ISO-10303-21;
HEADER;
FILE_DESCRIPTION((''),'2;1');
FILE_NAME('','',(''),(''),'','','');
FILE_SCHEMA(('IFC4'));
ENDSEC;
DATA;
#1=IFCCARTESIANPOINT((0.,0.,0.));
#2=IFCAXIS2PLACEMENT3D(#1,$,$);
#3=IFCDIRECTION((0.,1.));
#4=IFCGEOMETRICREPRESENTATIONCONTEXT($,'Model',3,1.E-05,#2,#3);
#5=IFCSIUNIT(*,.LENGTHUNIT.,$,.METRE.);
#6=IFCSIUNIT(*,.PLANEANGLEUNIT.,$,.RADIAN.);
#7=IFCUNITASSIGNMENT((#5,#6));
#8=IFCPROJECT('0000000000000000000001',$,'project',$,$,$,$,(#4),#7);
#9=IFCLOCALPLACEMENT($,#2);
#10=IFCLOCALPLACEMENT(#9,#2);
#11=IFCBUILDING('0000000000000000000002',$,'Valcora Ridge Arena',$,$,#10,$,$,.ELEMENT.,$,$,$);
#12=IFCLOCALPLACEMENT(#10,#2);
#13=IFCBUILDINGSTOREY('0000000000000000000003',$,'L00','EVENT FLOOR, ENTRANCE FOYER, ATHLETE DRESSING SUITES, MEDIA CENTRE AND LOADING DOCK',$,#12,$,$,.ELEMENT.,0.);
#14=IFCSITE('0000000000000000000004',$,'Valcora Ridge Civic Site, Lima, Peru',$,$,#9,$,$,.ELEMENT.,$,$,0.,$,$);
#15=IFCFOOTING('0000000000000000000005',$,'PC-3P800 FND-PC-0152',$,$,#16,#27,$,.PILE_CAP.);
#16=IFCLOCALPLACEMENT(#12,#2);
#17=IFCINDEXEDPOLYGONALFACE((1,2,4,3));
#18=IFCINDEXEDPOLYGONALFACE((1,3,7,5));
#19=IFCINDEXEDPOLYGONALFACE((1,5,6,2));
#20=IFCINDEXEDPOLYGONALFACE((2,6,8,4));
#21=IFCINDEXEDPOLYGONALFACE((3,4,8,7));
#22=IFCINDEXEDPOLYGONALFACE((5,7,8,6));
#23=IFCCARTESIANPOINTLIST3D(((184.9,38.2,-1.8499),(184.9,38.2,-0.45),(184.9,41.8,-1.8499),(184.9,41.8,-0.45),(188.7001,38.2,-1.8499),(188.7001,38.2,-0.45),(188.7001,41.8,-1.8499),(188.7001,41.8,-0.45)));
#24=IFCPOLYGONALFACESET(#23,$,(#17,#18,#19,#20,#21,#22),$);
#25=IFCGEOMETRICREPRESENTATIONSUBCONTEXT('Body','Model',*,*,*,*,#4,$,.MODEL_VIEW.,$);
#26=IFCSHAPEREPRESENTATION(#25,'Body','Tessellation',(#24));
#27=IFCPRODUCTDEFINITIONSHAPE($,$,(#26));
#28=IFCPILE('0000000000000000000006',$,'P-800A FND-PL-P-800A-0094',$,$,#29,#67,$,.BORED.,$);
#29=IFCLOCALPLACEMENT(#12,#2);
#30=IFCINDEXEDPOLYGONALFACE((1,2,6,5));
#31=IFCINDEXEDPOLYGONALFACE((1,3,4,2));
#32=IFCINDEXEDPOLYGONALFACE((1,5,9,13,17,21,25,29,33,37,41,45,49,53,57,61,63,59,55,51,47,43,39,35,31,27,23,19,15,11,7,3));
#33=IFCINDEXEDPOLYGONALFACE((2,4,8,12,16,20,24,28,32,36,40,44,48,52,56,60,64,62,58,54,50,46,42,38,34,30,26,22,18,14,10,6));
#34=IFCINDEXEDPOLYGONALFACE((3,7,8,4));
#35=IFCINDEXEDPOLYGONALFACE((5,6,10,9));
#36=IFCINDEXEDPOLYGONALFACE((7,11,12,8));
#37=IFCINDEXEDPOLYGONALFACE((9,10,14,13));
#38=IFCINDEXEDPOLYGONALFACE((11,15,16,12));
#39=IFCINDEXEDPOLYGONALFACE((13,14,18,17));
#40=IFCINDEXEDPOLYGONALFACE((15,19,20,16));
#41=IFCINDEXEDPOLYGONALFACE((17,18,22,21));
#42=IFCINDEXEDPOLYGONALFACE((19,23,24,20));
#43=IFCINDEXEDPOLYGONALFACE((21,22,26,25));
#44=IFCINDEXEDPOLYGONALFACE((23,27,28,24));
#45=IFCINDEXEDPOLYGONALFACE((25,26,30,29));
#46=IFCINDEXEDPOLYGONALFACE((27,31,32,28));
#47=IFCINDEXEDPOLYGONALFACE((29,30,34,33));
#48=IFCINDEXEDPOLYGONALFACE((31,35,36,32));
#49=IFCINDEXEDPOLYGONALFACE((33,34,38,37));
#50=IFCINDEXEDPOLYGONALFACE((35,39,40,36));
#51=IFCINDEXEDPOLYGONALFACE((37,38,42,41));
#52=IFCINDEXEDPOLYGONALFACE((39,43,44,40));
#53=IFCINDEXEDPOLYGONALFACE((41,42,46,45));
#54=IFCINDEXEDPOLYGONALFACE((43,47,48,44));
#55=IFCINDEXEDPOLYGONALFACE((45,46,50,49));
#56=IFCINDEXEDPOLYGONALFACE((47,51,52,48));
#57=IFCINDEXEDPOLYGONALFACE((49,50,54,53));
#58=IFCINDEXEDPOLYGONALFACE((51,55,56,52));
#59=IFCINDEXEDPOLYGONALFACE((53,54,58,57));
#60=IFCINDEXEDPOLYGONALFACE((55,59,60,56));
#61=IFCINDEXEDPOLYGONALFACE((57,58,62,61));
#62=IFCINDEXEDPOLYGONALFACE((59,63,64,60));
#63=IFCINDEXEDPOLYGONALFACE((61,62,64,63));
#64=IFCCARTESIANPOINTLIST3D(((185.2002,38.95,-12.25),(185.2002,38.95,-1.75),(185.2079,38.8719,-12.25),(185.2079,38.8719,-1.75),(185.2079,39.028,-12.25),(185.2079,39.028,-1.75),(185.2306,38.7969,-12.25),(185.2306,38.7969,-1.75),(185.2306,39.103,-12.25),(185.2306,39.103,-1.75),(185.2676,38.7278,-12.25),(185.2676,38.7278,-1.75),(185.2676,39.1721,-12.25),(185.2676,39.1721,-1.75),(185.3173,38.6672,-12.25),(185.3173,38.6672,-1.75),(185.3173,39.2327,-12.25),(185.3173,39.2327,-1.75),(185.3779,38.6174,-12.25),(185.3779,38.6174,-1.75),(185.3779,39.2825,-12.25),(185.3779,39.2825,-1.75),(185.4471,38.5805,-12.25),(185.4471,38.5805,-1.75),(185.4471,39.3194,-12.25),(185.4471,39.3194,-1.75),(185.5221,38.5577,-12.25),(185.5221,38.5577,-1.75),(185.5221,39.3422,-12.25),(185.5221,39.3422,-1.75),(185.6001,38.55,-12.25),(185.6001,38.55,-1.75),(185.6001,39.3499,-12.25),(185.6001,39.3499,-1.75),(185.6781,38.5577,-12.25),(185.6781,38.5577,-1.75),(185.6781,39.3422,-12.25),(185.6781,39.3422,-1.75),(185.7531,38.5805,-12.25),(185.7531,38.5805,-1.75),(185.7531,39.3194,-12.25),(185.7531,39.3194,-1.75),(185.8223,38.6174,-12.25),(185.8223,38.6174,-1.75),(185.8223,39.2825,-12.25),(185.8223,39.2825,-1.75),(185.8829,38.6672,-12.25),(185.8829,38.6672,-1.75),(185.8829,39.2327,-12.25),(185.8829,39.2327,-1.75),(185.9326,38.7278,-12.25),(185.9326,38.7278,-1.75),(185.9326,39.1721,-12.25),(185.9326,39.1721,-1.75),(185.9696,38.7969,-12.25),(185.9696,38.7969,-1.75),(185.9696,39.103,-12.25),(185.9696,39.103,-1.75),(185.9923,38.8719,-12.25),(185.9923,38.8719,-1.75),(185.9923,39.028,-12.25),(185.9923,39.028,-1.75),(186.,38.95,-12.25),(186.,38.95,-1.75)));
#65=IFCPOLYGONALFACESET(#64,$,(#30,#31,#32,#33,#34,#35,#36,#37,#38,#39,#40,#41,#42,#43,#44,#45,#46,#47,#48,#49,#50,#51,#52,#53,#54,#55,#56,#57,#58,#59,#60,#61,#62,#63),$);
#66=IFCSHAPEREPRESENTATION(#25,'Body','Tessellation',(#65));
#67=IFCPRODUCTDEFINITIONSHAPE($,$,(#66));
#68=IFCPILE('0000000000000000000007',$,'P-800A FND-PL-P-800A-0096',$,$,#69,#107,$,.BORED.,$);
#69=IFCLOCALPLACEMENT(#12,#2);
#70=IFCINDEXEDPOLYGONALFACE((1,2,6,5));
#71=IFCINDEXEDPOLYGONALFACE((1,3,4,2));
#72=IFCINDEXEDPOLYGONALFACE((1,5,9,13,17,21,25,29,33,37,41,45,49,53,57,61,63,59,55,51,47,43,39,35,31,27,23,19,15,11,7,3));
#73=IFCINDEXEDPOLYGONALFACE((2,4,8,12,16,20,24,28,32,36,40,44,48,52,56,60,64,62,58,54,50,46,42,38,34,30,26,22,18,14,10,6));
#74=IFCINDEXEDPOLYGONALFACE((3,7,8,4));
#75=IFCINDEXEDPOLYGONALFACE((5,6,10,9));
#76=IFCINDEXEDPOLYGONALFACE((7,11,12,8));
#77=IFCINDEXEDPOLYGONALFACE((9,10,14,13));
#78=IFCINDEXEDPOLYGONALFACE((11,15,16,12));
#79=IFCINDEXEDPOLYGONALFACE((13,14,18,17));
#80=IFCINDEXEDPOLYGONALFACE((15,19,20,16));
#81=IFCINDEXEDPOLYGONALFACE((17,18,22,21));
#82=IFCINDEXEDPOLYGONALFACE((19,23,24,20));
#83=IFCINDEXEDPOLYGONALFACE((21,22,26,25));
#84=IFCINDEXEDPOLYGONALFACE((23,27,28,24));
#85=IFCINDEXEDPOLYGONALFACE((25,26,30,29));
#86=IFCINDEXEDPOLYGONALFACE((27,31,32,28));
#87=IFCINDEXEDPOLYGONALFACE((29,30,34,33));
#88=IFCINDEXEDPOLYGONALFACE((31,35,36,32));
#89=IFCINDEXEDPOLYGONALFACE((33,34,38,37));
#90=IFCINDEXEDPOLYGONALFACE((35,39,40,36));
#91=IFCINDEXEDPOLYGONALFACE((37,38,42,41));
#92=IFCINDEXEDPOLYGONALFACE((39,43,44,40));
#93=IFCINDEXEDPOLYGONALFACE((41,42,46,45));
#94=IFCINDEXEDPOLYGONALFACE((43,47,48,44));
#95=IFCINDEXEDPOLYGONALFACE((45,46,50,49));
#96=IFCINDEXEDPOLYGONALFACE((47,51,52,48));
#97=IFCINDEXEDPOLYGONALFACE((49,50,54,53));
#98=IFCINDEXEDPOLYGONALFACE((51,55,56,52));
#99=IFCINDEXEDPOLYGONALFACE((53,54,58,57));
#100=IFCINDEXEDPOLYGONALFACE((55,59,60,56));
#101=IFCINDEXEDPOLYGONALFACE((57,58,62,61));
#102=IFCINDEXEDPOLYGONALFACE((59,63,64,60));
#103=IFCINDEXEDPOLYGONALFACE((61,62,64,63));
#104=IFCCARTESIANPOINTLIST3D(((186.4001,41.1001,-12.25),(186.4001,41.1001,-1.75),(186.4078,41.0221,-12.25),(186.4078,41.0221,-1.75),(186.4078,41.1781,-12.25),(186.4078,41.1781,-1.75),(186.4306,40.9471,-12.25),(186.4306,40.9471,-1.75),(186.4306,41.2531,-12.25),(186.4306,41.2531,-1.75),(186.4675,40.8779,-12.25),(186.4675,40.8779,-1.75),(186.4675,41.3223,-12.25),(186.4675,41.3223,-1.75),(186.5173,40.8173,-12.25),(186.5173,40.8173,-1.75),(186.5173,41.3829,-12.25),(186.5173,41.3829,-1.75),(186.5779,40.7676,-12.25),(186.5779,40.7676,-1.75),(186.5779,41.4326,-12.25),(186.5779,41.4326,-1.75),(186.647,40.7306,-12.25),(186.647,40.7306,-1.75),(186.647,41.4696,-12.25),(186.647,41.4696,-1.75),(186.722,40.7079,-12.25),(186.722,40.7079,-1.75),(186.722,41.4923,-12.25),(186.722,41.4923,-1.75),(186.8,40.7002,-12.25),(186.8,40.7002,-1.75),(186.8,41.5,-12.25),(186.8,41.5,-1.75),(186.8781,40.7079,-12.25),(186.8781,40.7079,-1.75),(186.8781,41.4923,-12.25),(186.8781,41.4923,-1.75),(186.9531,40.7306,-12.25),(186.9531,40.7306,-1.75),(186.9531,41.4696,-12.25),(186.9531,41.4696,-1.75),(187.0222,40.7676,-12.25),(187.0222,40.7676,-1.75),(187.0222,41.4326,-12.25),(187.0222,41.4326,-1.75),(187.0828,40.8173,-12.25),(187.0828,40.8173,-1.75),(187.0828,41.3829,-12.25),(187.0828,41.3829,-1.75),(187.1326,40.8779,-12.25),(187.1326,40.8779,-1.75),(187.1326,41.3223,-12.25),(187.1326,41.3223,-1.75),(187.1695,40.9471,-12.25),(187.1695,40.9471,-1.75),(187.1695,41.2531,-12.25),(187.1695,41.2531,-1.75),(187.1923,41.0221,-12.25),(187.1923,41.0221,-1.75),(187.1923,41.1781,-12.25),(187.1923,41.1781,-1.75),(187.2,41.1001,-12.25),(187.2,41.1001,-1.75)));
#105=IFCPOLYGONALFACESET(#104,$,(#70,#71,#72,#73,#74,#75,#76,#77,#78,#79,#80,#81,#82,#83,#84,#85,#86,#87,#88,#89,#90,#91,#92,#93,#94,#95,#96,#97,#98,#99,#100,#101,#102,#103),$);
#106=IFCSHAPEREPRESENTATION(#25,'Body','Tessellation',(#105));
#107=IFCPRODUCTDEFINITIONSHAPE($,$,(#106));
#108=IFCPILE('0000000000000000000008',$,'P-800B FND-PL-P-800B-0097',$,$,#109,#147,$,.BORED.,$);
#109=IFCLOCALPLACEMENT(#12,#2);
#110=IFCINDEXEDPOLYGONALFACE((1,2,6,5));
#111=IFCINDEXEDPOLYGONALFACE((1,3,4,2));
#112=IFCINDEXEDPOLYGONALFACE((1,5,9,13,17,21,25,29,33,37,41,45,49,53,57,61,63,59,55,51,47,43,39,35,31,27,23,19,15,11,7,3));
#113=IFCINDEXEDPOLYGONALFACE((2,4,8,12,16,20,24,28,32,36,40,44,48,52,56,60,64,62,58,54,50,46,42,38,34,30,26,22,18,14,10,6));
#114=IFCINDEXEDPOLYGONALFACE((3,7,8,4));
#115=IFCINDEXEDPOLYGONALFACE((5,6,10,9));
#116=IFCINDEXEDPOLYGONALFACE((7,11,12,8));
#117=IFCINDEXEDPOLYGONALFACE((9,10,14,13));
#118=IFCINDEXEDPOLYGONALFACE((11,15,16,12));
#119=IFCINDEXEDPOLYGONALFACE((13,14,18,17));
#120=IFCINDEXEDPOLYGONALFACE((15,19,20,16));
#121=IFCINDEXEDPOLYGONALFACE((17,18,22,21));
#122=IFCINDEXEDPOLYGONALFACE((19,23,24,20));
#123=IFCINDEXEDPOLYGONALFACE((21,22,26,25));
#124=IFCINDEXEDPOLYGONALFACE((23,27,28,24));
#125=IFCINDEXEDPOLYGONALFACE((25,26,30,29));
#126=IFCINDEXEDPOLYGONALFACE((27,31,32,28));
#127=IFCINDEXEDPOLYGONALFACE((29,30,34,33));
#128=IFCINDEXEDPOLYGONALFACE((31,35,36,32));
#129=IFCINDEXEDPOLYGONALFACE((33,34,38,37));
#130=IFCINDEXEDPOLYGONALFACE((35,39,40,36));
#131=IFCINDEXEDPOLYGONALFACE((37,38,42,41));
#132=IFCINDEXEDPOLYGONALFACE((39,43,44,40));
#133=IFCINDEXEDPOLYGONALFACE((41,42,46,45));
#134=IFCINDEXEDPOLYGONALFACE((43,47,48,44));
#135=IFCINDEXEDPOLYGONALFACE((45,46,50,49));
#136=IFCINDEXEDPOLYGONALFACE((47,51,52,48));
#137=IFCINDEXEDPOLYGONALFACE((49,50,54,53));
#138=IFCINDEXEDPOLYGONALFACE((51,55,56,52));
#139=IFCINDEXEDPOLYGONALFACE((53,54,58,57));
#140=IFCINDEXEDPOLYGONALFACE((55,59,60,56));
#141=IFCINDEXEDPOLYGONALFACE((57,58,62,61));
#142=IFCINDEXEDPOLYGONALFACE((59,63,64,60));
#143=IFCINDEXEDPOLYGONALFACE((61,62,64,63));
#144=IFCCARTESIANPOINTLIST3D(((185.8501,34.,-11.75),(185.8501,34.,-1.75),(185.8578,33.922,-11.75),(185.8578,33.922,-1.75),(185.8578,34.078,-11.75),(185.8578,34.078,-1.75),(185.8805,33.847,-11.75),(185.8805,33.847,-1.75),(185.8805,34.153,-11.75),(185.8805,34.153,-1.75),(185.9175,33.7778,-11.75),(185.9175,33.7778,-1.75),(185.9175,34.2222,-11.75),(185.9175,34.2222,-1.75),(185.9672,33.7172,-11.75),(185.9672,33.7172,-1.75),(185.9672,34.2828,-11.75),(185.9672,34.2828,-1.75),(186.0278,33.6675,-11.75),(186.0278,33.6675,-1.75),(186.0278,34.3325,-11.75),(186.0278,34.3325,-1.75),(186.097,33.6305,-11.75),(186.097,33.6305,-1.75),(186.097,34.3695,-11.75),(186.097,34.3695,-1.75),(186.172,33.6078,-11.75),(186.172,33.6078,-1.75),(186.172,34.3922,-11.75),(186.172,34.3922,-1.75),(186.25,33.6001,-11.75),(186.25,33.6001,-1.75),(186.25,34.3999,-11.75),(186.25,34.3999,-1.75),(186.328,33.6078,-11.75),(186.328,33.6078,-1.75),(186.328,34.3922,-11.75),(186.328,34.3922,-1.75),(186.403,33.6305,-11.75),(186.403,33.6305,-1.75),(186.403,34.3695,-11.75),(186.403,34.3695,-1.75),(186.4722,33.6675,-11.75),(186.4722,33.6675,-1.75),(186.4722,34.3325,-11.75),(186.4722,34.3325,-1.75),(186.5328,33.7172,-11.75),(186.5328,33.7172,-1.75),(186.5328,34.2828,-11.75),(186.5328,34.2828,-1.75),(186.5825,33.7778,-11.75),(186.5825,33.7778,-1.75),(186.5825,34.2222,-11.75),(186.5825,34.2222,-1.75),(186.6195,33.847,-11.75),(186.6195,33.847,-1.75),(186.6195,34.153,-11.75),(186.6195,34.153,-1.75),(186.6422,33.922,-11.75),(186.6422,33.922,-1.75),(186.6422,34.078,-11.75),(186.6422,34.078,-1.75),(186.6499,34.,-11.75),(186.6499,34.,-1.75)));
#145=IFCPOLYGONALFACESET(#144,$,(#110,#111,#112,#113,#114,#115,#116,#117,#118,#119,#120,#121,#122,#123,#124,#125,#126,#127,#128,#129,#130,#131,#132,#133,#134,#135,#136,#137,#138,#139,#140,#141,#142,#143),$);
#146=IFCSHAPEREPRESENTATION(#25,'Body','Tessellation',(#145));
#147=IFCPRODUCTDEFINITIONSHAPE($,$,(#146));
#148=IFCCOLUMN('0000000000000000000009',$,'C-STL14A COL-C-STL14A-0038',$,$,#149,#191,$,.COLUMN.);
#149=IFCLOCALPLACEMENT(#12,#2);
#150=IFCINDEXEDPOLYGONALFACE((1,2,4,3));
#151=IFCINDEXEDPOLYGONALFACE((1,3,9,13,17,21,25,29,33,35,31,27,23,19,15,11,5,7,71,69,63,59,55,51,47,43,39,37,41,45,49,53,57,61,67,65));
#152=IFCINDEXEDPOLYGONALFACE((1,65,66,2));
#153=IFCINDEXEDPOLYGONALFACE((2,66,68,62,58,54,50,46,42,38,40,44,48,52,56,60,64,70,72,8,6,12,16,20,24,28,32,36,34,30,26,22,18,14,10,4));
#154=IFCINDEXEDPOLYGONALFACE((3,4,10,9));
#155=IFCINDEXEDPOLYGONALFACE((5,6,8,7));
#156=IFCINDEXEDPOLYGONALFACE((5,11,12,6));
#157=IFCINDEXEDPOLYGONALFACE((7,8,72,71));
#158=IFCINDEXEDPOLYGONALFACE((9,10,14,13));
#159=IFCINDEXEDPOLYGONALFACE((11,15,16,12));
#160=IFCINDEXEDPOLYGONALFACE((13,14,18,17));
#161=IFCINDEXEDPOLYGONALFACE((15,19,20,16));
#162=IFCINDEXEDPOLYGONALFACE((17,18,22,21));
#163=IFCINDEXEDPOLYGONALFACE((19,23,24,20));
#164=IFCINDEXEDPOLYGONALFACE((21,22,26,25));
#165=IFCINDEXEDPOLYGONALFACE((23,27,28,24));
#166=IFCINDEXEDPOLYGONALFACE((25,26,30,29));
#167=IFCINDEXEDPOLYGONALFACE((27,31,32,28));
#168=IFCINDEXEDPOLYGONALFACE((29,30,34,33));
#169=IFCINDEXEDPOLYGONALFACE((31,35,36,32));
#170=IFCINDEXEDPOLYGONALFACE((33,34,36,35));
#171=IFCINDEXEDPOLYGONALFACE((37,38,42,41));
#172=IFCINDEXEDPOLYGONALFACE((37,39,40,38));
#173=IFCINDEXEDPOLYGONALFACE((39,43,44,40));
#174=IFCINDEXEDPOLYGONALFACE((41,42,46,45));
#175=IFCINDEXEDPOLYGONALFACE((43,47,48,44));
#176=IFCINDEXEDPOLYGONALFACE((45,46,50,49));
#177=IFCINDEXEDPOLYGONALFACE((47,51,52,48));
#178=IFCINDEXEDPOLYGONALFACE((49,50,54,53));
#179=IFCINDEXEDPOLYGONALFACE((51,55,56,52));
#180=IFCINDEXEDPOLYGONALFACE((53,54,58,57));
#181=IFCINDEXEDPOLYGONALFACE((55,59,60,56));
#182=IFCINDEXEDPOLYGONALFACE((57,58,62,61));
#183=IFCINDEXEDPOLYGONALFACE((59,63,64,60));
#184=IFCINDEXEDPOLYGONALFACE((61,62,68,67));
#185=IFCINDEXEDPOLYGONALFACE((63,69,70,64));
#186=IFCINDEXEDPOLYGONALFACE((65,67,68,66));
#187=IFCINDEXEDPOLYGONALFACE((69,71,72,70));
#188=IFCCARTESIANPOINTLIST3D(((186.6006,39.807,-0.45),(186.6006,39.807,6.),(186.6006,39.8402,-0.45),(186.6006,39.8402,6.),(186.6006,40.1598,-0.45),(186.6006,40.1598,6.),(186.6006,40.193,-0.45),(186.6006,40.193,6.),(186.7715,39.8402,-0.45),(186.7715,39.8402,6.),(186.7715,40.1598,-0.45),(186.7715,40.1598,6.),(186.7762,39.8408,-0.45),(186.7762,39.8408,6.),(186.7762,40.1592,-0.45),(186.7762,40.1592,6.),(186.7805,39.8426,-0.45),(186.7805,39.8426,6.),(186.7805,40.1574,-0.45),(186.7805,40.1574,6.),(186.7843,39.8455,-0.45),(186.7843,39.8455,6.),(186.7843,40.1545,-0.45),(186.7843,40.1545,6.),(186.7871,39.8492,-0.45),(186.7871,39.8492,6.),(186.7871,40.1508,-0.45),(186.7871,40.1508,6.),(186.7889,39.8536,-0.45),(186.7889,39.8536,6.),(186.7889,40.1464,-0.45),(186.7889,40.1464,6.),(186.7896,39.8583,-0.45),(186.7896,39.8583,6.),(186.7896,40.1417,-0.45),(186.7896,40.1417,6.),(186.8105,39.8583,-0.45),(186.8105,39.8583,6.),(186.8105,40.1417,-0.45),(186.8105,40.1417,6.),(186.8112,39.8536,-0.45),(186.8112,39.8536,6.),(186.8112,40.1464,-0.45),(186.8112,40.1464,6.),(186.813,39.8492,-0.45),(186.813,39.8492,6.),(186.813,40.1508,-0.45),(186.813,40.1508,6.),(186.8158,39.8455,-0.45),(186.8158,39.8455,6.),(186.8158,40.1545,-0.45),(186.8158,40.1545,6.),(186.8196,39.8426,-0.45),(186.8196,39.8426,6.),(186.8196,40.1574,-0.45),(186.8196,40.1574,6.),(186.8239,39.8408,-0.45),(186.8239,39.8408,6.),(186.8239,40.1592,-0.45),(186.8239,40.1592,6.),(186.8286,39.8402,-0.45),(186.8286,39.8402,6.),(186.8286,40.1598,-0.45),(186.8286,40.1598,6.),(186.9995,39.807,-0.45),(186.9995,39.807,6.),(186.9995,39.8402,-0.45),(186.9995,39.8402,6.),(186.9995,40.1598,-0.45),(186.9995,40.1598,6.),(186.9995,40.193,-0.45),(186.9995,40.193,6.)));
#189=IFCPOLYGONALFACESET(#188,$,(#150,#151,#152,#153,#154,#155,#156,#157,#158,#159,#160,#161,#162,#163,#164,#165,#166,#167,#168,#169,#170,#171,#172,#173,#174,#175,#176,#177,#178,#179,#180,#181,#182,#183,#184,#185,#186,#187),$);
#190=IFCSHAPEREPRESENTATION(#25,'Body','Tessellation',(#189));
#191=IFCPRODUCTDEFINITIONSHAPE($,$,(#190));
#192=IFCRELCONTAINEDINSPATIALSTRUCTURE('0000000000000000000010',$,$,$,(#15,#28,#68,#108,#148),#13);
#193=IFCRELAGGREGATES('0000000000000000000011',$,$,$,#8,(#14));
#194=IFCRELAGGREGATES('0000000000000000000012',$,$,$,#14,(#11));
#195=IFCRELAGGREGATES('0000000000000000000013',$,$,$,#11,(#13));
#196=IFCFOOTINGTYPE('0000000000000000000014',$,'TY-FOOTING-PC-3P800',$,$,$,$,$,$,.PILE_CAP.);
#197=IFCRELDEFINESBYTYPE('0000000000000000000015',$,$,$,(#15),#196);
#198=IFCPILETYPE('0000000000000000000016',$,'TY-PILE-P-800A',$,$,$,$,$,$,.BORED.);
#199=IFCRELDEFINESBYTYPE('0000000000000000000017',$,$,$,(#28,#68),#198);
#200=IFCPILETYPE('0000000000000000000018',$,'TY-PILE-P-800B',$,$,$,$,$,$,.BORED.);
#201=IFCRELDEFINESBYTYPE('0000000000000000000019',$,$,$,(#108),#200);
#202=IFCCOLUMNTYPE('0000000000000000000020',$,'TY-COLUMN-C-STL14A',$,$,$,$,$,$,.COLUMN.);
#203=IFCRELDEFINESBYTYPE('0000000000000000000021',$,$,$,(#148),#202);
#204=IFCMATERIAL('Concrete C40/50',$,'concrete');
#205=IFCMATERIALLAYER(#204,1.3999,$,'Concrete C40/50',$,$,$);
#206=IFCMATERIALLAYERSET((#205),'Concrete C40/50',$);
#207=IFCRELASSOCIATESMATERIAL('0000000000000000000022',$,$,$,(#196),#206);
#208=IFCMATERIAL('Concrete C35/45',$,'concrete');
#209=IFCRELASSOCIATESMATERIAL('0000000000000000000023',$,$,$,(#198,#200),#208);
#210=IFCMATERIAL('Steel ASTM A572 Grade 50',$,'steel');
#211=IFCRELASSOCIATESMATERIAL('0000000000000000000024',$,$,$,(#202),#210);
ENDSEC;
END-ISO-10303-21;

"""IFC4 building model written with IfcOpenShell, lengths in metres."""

from ifc_helpers import new_model, si_unit, direction, frame, origin, origin_2d, place, context, subcontext, project, spatial, rectangle, circle, i_section, extrude, material, layer, layer_set, material_profile, profile_set, type_object, element, save


model = new_model("IFC4")

# Units and contexts
model_context = context("Model", 3, precision=1e-05, world=origin(), true_north=direction((0.0, 1.0)))
body_context = subcontext(model_context, "Body", "Model", "MODEL_VIEW")
ifc_project = project(units=[si_unit("LENGTHUNIT", "METRE"), si_unit("PLANEANGLEUNIT", "RADIAN")], contexts=[model_context])

# Site, building, storey
site_placement = place(None, origin())
site = spatial("IfcSite", under=ifc_project, at=site_placement, Name="Valcora Ridge Civic Site, Lima, Peru", CompositionType="ELEMENT", RefElevation=0.0)
building_placement = place(site_placement, origin())
building = spatial("IfcBuilding", under=site, at=building_placement, Name="Valcora Ridge Arena", CompositionType="ELEMENT")
storey_placement = place(building_placement, origin())
storey = spatial("IfcBuildingStorey", under=building, at=storey_placement, Name="L00", Description="EVENT FLOOR, ENTRANCE FOYER, ATHLETE DRESSING SUITES, MEDIA CENTRE AND LOADING DOCK", CompositionType="ELEMENT", Elevation=0.0)

# Footing
ifc_material_1 = material(Name="Concrete C40/50", Category="concrete")
ifc_layer_1 = layer(ifc_material_1, 1.3999, Name="Concrete C40/50")
ifc_layer_set_1 = layer_set([ifc_layer_1], Name="Concrete C40/50")
footing_type = type_object("IfcFootingType", Name="TY-FOOTING-PC-3P800", PredefinedType="PILE_CAP", material=ifc_layer_set_1)
footing_placement = place(storey_placement, frame((186.8, 40.0, -1.8499), z_axis=(0.0, 0.0, 1.0), x_axis=(1.0, 0.0, 0.0)))
element("IfcFooting", 1, at=footing_placement, inside=storey, type_object=footing_type, Name="PC-3P800 FND-PC-0152", PredefinedType="PILE_CAP", context=body_context, shape_type="SweptSolid", body=[
    extrude(rectangle(XDim=3.8, YDim=3.6001, at=origin_2d()), origin(), (0.0, 0.0, 1.0), 1.3999),
])

# Piles
ifc_material_2 = material(Name="Concrete C35/45", Category="concrete")
ifc_material_profile_1 = material_profile(ifc_material_2, circle(Radius=0.3999, at=origin_2d()), Name="BORED PILE D800")
ifc_profile_set_1 = profile_set([ifc_material_profile_1], Name="Concrete C35/45")
pile_type_1 = type_object("IfcPileType", Name="TY-PILE-P-800A", PredefinedType="BORED", material=ifc_profile_set_1)
for number, where, z_axis, x_axis, name in (
    (2, (185.6001, 38.95, -1.75), (0.0, 0.0, -1.0), (1.0, 0.0, 0.0), "P-800A FND-PL-P-800A-0094"),
    (3, (186.8, 41.1001, -1.75), (0.0, 0.0, -1.0), (1.0, 0.0, 0.0), "P-800A FND-PL-P-800A-0096"),
):
    element("IfcPile", number, at=place(storey_placement, frame(where, z_axis=z_axis, x_axis=x_axis)), inside=storey, type_object=pile_type_1, Name=name, PredefinedType="BORED", context=body_context, shape_type="SweptSolid", body=[
        extrude(circle(Radius=0.3999, at=origin_2d()), origin(), (0.0, 0.0, 1.0), 10.5),
    ])
ifc_material_profile_2 = material_profile(ifc_material_2, circle(Radius=0.3999, at=origin_2d()), Name="BORED PILE D800")
ifc_profile_set_2 = profile_set([ifc_material_profile_2], Name="Concrete C35/45")
pile_type_2 = type_object("IfcPileType", Name="TY-PILE-P-800B", PredefinedType="BORED", material=ifc_profile_set_2)
pile_placement = place(storey_placement, frame((186.25, 34.0, -1.75), z_axis=(0.0, 0.0, -1.0), x_axis=(1.0, 0.0, 0.0)))
element("IfcPile", 4, at=pile_placement, inside=storey, type_object=pile_type_2, Name="P-800B FND-PL-P-800B-0097", PredefinedType="BORED", context=body_context, shape_type="SweptSolid", body=[
    extrude(circle(Radius=0.3999, at=origin_2d()), origin(), (0.0, 0.0, 1.0), 10.0),
])

# Column
ifc_material_3 = material(Name="Steel ASTM A572 Grade 50", Category="steel")
ifc_material_profile_3 = material_profile(ifc_material_3, i_section(OverallWidth=0.3989, OverallDepth=0.386, WebThickness=0.021, FlangeThickness=0.0332, FilletRadius=0.0181, at=origin_2d()), Name="W14X176")
ifc_profile_set_3 = profile_set([ifc_material_profile_3], Name="Steel ASTM A572 Grade 50")
column_type = type_object("IfcColumnType", Name="TY-COLUMN-C-STL14A", PredefinedType="COLUMN", material=ifc_profile_set_3)
column_placement = place(storey_placement, frame((186.8, 40.0, -0.45), z_axis=(0.0, 0.0, 1.0), x_axis=(1.0, 0.0, 0.0)))
element("IfcColumn", 5, at=column_placement, inside=storey, type_object=column_type, Name="C-STL14A COL-C-STL14A-0038", PredefinedType="COLUMN", context=body_context, shape_type="SweptSolid", body=[
    extrude(i_section(OverallWidth=0.3989, OverallDepth=0.386, WebThickness=0.021, FlangeThickness=0.0332, FilletRadius=0.0181, at=origin_2d()), origin(), (0.0, 0.0, 1.0), 6.45),
])

save(model, "model.ifc")
